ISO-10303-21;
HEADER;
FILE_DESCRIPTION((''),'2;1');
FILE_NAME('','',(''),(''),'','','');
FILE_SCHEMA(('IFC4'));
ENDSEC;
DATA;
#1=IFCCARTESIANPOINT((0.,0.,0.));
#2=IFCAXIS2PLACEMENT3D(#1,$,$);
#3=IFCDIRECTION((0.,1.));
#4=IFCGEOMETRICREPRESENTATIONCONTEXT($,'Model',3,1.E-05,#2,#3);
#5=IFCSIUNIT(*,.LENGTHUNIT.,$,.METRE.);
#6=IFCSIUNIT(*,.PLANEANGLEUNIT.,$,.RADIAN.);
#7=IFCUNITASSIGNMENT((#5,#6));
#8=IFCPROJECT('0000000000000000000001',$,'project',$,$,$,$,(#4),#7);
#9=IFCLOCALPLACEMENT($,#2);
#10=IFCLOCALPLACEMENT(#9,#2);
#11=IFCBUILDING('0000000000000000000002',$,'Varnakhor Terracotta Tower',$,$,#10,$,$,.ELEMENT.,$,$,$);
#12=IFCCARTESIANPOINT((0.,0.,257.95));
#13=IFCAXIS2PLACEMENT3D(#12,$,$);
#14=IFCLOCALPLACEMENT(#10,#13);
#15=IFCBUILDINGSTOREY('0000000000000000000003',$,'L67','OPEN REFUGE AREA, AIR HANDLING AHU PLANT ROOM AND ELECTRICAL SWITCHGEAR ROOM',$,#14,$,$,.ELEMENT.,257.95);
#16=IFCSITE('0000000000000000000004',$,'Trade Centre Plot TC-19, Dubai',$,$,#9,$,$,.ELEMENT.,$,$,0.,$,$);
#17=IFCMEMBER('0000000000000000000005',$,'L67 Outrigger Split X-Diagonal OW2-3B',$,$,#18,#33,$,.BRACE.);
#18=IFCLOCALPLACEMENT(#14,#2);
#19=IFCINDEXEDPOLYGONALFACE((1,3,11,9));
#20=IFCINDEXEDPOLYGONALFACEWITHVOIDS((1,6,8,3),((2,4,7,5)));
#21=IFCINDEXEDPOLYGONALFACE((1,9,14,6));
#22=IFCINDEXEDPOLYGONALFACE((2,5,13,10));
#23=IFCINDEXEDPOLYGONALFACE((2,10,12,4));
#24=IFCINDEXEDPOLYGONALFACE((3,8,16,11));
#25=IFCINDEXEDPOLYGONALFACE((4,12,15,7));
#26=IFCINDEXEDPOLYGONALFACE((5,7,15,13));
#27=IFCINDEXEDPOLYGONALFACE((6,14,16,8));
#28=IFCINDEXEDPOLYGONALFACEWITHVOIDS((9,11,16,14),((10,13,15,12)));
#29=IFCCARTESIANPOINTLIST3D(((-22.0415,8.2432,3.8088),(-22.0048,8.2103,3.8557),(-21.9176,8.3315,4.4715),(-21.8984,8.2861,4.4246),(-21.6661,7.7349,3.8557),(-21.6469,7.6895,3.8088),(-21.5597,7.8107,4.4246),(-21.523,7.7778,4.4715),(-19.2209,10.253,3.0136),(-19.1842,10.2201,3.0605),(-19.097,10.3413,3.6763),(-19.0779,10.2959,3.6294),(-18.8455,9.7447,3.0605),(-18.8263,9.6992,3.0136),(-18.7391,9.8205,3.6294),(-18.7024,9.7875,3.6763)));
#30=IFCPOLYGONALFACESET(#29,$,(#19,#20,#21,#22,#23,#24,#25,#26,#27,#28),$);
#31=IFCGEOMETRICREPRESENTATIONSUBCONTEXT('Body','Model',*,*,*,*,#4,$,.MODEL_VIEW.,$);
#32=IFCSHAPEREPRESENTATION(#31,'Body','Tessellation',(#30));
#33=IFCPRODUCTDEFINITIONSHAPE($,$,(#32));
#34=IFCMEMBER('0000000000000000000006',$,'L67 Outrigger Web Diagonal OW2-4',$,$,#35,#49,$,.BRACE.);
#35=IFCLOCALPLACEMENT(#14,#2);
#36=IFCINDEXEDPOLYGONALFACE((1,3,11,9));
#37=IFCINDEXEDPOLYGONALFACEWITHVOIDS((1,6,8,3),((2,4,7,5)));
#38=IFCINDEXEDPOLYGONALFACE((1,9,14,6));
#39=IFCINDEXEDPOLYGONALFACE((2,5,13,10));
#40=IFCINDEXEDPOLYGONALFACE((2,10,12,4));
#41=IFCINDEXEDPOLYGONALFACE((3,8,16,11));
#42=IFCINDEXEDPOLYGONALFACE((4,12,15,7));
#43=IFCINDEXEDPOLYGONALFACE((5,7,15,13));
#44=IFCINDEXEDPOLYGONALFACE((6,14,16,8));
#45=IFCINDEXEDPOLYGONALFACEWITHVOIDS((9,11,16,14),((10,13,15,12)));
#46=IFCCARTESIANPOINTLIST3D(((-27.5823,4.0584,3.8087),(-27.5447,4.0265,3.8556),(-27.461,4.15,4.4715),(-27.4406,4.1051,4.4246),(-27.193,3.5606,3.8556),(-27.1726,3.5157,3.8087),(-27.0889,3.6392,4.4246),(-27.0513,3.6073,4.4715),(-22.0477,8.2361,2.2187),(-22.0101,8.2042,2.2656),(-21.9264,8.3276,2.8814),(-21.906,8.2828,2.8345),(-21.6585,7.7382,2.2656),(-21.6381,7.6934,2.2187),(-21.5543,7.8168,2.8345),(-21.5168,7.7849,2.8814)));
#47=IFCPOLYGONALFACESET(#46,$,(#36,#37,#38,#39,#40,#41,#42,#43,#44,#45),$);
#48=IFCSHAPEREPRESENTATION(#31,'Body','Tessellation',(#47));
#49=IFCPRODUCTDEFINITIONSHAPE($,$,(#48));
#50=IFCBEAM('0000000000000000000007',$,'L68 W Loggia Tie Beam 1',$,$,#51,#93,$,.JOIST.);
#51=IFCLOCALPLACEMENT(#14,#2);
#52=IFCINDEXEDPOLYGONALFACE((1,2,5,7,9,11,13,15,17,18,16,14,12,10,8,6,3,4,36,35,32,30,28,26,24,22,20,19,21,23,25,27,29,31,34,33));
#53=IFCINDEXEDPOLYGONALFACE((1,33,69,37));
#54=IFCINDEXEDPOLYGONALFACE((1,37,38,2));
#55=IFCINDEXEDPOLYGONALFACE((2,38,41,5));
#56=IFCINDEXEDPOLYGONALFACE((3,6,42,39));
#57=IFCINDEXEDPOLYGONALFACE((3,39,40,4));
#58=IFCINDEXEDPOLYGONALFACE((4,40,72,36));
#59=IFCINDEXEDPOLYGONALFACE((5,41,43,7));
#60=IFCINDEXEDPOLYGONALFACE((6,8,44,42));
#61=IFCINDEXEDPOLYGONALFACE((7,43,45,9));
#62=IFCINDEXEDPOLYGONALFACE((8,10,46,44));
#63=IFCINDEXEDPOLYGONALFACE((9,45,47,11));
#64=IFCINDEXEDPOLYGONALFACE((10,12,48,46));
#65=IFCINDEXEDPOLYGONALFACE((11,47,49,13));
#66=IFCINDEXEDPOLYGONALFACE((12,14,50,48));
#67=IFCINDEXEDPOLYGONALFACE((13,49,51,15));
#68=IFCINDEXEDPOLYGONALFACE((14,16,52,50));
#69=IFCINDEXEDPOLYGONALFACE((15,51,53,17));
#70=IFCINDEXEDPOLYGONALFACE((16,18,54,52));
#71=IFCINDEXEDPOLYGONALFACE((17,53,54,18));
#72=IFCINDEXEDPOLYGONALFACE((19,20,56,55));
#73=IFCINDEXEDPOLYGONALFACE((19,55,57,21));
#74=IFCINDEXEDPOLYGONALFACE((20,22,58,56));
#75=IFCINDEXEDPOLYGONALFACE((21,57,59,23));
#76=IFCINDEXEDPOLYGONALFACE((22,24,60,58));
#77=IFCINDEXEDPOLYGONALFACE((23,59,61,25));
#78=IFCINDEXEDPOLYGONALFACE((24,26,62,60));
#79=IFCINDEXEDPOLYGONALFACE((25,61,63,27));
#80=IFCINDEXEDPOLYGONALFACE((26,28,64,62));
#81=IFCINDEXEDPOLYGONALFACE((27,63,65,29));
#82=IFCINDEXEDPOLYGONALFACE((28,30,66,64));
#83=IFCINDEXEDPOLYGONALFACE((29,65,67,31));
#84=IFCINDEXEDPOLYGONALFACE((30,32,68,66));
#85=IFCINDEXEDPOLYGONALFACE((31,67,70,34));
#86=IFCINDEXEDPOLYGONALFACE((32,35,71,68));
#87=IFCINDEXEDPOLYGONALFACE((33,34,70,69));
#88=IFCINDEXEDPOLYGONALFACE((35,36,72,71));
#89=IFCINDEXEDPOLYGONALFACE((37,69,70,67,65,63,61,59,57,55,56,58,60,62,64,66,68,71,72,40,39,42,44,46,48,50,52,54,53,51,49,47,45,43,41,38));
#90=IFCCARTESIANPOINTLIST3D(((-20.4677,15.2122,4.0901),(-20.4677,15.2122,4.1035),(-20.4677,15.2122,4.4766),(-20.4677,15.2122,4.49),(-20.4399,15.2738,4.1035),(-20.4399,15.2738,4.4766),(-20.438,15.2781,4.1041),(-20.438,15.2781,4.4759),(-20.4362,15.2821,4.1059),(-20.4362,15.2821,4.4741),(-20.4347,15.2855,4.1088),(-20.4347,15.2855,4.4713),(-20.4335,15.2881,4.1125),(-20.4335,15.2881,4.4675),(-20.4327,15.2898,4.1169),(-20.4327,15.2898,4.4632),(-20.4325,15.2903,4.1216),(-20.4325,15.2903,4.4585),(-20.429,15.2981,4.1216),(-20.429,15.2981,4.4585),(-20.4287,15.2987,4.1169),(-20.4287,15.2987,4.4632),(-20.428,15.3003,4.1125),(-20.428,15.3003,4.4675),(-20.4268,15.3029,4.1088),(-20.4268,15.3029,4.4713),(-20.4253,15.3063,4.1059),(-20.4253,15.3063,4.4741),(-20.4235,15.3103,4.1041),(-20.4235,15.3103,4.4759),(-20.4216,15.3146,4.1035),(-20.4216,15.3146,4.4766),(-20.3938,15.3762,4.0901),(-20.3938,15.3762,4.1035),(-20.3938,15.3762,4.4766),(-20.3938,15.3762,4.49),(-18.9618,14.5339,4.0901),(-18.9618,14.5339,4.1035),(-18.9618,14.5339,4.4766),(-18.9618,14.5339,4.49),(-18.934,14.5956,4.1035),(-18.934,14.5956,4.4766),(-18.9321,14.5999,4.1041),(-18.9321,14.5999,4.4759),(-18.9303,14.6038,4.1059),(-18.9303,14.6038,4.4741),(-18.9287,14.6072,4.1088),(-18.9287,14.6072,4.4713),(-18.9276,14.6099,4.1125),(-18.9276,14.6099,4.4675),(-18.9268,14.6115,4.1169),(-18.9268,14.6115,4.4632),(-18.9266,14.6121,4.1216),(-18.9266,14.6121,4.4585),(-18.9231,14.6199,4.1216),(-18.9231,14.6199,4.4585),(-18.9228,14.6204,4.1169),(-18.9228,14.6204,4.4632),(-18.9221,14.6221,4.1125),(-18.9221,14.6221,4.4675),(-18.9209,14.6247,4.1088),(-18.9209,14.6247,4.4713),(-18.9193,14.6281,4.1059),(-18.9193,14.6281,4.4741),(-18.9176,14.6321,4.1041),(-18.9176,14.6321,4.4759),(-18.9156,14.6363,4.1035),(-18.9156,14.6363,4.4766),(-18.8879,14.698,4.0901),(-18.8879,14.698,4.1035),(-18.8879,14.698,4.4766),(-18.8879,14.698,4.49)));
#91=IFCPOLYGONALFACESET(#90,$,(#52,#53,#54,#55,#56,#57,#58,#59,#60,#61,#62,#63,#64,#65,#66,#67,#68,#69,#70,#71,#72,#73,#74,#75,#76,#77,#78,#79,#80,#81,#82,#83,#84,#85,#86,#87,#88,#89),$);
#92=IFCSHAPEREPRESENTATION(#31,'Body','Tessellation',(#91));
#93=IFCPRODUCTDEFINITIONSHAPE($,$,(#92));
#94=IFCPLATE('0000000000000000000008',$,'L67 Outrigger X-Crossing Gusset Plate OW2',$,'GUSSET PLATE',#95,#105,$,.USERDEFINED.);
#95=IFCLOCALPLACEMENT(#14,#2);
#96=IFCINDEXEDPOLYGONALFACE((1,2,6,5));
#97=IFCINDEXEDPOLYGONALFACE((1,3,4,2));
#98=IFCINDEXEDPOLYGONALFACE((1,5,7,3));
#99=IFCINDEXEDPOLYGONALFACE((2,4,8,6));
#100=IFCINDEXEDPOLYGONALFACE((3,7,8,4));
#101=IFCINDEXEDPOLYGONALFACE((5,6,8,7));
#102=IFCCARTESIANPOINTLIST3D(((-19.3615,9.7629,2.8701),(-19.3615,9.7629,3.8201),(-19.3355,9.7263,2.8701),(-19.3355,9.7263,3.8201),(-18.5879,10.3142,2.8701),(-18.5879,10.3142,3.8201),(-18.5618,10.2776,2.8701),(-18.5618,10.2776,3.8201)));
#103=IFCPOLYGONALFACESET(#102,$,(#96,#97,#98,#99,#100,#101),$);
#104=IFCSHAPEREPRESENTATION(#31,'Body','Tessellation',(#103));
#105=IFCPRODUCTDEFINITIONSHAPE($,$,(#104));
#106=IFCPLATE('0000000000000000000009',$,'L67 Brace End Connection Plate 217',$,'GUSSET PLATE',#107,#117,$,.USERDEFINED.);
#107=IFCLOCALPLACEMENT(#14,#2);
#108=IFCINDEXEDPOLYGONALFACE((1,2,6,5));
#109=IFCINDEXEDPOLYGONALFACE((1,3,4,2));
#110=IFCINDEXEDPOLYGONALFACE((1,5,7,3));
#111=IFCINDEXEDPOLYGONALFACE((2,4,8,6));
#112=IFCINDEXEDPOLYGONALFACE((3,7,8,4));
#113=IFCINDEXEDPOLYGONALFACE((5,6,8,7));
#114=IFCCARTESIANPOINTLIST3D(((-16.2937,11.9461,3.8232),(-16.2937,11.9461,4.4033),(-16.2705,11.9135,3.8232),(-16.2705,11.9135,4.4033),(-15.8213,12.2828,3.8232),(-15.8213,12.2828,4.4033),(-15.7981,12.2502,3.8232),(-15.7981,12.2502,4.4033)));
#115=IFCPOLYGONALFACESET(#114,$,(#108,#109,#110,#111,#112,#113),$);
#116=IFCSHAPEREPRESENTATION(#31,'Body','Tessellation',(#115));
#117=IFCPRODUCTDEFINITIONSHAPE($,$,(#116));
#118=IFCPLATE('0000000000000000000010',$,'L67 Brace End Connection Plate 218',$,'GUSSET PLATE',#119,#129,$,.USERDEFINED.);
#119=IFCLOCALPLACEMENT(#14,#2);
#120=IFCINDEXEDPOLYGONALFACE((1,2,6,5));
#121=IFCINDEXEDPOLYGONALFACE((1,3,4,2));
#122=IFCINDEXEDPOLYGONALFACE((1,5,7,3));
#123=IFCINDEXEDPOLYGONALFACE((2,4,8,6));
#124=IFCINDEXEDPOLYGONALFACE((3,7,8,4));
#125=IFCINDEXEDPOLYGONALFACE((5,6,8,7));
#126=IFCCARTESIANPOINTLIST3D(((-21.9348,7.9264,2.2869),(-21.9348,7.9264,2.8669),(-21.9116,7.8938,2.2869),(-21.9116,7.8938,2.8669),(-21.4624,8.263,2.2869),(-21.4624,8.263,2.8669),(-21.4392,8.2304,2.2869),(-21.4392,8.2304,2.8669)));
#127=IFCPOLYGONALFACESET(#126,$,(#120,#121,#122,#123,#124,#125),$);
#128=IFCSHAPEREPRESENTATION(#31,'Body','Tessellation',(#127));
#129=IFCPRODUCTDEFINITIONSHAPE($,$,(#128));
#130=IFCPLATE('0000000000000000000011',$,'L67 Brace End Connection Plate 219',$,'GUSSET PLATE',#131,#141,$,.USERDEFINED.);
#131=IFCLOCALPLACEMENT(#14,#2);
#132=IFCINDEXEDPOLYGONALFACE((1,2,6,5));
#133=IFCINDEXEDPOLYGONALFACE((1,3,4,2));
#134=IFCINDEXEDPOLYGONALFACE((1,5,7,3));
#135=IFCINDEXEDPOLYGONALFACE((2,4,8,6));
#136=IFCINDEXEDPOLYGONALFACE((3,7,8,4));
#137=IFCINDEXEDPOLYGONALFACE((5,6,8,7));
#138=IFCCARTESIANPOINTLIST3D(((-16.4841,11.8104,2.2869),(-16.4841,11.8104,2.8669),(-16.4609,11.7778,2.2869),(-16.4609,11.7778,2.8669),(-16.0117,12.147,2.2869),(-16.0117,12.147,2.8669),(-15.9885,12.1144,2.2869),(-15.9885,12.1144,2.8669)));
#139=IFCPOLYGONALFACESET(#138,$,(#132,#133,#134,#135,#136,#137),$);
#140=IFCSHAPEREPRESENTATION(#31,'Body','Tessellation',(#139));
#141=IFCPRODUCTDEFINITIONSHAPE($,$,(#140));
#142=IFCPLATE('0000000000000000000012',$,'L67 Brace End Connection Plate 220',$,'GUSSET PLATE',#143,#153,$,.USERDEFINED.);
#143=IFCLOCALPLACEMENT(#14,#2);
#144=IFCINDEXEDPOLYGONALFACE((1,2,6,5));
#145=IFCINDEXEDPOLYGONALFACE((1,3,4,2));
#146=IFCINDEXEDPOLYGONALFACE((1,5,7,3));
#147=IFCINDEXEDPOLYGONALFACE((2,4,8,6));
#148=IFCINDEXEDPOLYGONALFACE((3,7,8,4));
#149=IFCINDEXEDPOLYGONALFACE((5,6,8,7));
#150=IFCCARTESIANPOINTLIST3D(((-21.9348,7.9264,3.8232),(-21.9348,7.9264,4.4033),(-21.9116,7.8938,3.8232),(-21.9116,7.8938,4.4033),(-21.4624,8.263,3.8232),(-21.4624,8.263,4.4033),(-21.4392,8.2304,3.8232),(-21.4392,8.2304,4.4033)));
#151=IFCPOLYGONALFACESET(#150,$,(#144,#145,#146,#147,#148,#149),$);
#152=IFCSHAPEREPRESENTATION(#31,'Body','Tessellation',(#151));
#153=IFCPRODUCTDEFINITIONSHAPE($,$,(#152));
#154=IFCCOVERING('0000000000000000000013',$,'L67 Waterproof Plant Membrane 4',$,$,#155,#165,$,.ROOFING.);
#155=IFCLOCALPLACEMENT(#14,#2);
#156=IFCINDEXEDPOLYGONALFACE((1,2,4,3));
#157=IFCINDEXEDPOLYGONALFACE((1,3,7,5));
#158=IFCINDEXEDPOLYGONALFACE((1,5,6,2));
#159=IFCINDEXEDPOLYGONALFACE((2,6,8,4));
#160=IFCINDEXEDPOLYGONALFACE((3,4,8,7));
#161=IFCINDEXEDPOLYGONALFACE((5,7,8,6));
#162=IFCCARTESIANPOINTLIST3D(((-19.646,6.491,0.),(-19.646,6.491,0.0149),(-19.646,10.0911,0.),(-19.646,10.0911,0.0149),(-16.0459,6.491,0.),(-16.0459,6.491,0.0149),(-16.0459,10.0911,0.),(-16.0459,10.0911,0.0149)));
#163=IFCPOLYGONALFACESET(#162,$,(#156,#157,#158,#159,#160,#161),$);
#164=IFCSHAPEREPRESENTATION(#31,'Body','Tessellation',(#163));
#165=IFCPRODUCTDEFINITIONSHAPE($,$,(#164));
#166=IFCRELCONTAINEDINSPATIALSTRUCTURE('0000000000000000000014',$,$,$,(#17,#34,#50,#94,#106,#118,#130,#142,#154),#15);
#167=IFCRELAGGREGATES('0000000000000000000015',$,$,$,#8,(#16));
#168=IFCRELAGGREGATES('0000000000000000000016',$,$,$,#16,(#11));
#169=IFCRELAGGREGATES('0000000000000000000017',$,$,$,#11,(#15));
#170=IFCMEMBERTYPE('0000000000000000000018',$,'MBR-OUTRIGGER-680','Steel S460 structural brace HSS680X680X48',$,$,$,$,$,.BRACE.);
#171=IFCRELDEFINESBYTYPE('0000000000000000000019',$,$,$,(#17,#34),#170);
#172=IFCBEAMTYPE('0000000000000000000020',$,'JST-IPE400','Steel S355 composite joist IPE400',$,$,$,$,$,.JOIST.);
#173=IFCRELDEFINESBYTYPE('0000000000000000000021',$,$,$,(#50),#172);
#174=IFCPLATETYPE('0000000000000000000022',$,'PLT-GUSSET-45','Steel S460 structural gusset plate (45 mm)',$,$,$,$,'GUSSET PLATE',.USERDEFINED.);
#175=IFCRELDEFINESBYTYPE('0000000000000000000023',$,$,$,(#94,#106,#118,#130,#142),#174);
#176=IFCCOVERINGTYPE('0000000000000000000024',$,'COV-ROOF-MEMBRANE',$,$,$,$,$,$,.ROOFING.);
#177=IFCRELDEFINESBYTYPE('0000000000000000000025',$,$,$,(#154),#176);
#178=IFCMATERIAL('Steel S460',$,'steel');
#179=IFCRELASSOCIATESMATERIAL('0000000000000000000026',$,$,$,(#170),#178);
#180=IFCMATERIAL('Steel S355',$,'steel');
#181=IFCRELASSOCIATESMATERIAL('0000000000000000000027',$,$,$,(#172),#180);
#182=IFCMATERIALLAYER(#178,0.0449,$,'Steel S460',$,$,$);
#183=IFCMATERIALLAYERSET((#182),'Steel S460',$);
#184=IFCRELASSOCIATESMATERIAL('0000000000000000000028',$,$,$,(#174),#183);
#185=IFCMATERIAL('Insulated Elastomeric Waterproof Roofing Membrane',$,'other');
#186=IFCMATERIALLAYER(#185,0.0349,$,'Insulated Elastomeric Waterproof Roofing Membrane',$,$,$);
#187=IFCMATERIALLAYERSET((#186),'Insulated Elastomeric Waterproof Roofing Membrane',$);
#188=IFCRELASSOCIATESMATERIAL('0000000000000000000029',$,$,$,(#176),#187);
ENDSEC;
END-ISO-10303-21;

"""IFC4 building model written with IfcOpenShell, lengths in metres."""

from ifc_helpers import new_model, si_unit, direction, frame, origin, origin_2d, place, context, subcontext, project, spatial, rectangle, hollow_rectangle, i_section, extrude, source, transform, mapped, material, layer, layer_set, material_profile, profile_set, type_object, type_shapes, element, save


model = new_model("IFC4")

# Units and contexts
model_context = context("Model", 3, precision=1e-05, world=origin(), true_north=direction((0.0, 1.0)))
body_context = subcontext(model_context, "Body", "Model", "MODEL_VIEW")
ifc_project = project(units=[si_unit("LENGTHUNIT", "METRE"), si_unit("PLANEANGLEUNIT", "RADIAN")], contexts=[model_context])

# Site, building, storey
site_placement = place(None, origin())
site = spatial("IfcSite", under=ifc_project, at=site_placement, Name="Trade Centre Plot TC-19, Dubai", CompositionType="ELEMENT", RefElevation=0.0)
building_placement = place(site_placement, origin())
building = spatial("IfcBuilding", under=site, at=building_placement, Name="Varnakhor Terracotta Tower", CompositionType="ELEMENT")
storey_placement = place(building_placement, frame((0.0, 0.0, 257.95)))
storey = spatial("IfcBuildingStorey", under=building, at=storey_placement, Name="L67", Description="OPEN REFUGE AREA, AIR HANDLING AHU PLANT ROOM AND ELECTRICAL SWITCHGEAR ROOM", CompositionType="ELEMENT", Elevation=257.95)

# Shared definitions
ifc_material_1 = material(Name="Steel S355", Category="steel")

# Members
ifc_material_2 = material(Name="Steel S460", Category="steel")
ifc_material_profile_1 = material_profile(ifc_material_2, hollow_rectangle(XDim=0.6799, YDim=0.6799, WallThickness=0.0481, at=origin_2d()), Name="HSS680X680X48")
ifc_profile_set_1 = profile_set([ifc_material_profile_1], Name="Steel S460")
member_type = type_object("IfcMemberType", Name="MBR-OUTRIGGER-680", Description="Steel S460 structural brace HSS680X680X48", PredefinedType="BRACE", material=ifc_profile_set_1)
shared_shape_1 = source(origin(), body_context, "Body", "SweptSolid", [
    extrude(hollow_rectangle(XDim=0.6799, YDim=0.6799, WallThickness=0.0481, at=origin_2d()), origin(), (0.0, 0.0, 1.0), 3.5535),
])
for number, where, z_axis, x_axis, name in (
    (1, (-18.9617, 10.0203, 3.345), (-0.793752, -0.565582, 0.223773), (0.580298, -0.814405, 0.0), "L67 Outrigger Split X-Diagonal OW2-3B"),
):
    element("IfcMember", number, at=place(storey_placement, frame(where, z_axis=z_axis, x_axis=x_axis)), inside=storey, type_object=member_type, Name=name, PredefinedType="BRACE", context=body_context, shape_type="MappedRepresentation", body=[
        mapped(shared_shape_1, transform((0.0, 0.0, 0.0), scale=1.0)),
    ])
shared_shape_2 = source(origin(), body_context, "Body", "SweptSolid", [
    extrude(hollow_rectangle(XDim=0.6799, YDim=0.6799, WallThickness=0.0481, at=origin_2d()), origin(), (0.0, 0.0, 1.0), 7.1143),
])
member_1_placement = place(storey_placement, frame((-21.7822, 8.0105, 2.55), z_axis=(-0.777955, -0.587224, 0.223503), x_axis=(0.602464, -0.798146, 0.0)))
element("IfcMember", 2, at=member_1_placement, inside=storey, type_object=member_type, Name="L67 Outrigger Web Diagonal OW2-4", PredefinedType="BRACE", context=body_context, shape_type="MappedRepresentation", body=[
    mapped(shared_shape_2, transform((0.0, 0.0, 0.0), scale=1.0)),
])

# Beam
ifc_material_profile_2 = material_profile(ifc_material_1, i_section(OverallWidth=0.1799, OverallDepth=0.3999, WebThickness=0.0085, FlangeThickness=0.0134, FilletRadius=0.0181, at=origin_2d()), Name="IPE400")
ifc_profile_set_2 = profile_set([ifc_material_profile_2], Name="Steel S355")
beam_type_1 = type_object("IfcBeamType", Name="JST-IPE400", Description="Steel S355 composite joist IPE400", PredefinedType="JOIST", material=ifc_profile_set_2)
shared_shape_3 = source(origin(), body_context, "Body", "SweptSolid", [
    extrude(i_section(OverallWidth=0.1799, OverallDepth=0.3999, WebThickness=0.0085, FlangeThickness=0.0134, FilletRadius=0.0181, at=origin_2d()), origin(), (0.0, 0.0, 1.0), 1.6516),
])
beam_1_placement = place(storey_placement, frame((-18.9248, 14.616, 4.29), z_axis=(-0.911789, 0.41066, 0.0), x_axis=(-0.41066, -0.911789, 0.0)))
element("IfcBeam", 3, at=beam_1_placement, inside=storey, type_object=beam_type_1, Name="L68 W Loggia Tie Beam 1", PredefinedType="JOIST", context=body_context, shape_type="MappedRepresentation", body=[
    mapped(shared_shape_3, transform((0.0, 0.0, 0.0), scale=1.0)),
])

# Plates
ifc_layer_1 = layer(ifc_material_2, 0.0449, Name="Steel S460")
ifc_layer_set_1 = layer_set([ifc_layer_1], Name="Steel S460")
plate_type = type_object("IfcPlateType", Name="PLT-GUSSET-45", Description="Steel S460 structural gusset plate (45 mm)", ElementType="GUSSET PLATE", PredefinedType="USERDEFINED", material=ifc_layer_set_1)
shared_shape_4 = source(origin(), body_context, "Body", "SweptSolid", [
    extrude(rectangle(XDim=0.95, YDim=0.0449, at=origin_2d()), origin(), (0.0, 0.0, 1.0), 0.95),
])
type_shapes(plate_type, [shared_shape_4])
plate_placement = place(storey_placement, frame((-18.9617, 10.0203, 2.8701), z_axis=(0.0, 0.0, 1.0), x_axis=(-0.814389, -0.580319, 0.0)))
element("IfcPlate", 4, at=plate_placement, inside=storey, type_object=plate_type, Name="L67 Outrigger X-Crossing Gusset Plate OW2", ObjectType="GUSSET PLATE", PredefinedType="USERDEFINED", context=body_context, shape_type="MappedRepresentation", body=[
    mapped(shared_shape_4, transform((0.0, 0.0, 0.0), scale=1.0)),
])
shared_shape_5 = source(origin(), body_context, "Body", "SweptSolid", [
    extrude(rectangle(XDim=0.5801, YDim=0.04, at=origin_2d()), origin(), (0.0, 0.0, 1.0), 0.5801),
])
for number, where, z_axis, x_axis, name in (
    (5, (-16.0459, 12.0981, 3.8232), (0.0, 0.0, 1.0), (-0.814389, -0.580319, 0.0), "L67 Brace End Connection Plate 217"),
    (6, (-21.687, 8.0784, 2.2869), (0.0, 0.0, 1.0), (-0.814389, -0.580319, 0.0), "L67 Brace End Connection Plate 218"),
    (7, (-16.2363, 11.9624, 2.2869), (0.0, 0.0, 1.0), (-0.814379, -0.580333, 0.0), "L67 Brace End Connection Plate 219"),
    (8, (-21.687, 8.0784, 3.8232), (0.0, 0.0, 1.0), (-0.814389, -0.580319, 0.0), "L67 Brace End Connection Plate 220"),
):
    element("IfcPlate", number, at=place(storey_placement, frame(where, z_axis=z_axis, x_axis=x_axis)), inside=storey, type_object=plate_type, Name=name, ObjectType="GUSSET PLATE", PredefinedType="USERDEFINED", context=body_context, shape_type="MappedRepresentation", body=[
        mapped(shared_shape_5, transform((0.0, 0.0, 0.0), scale=1.0)),
    ])

# Covering
ifc_material_3 = material(Name="Insulated Elastomeric Waterproof Roofing Membrane", Category="other")
ifc_layer_2 = layer(ifc_material_3, 0.0349, Name="Insulated Elastomeric Waterproof Roofing Membrane")
ifc_layer_set_2 = layer_set([ifc_layer_2], Name="Insulated Elastomeric Waterproof Roofing Membrane")
covering_type = type_object("IfcCoveringType", Name="COV-ROOF-MEMBRANE", PredefinedType="ROOFING", material=ifc_layer_set_2)
shared_shape_6 = source(origin(), body_context, "Body", "SweptSolid", [
    extrude(rectangle(XDim=3.6001, YDim=3.6001, at=origin_2d()), origin(), (0.0, 0.0, 1.0), 0.0149),
])
type_shapes(covering_type, [shared_shape_6])
covering_placement = place(storey_placement, frame((-17.8459, 8.291, 0.0), z_axis=(0.0, 0.0, 1.0), x_axis=(1.0, 0.0, 0.0)))
element("IfcCovering", 9, at=covering_placement, inside=storey, type_object=covering_type, Name="L67 Waterproof Plant Membrane 4", PredefinedType="ROOFING", context=body_context, shape_type="MappedRepresentation", body=[
    mapped(shared_shape_6, transform((0.0, 0.0, 0.0), scale=1.0)),
])

save(model, "model.ifc")
